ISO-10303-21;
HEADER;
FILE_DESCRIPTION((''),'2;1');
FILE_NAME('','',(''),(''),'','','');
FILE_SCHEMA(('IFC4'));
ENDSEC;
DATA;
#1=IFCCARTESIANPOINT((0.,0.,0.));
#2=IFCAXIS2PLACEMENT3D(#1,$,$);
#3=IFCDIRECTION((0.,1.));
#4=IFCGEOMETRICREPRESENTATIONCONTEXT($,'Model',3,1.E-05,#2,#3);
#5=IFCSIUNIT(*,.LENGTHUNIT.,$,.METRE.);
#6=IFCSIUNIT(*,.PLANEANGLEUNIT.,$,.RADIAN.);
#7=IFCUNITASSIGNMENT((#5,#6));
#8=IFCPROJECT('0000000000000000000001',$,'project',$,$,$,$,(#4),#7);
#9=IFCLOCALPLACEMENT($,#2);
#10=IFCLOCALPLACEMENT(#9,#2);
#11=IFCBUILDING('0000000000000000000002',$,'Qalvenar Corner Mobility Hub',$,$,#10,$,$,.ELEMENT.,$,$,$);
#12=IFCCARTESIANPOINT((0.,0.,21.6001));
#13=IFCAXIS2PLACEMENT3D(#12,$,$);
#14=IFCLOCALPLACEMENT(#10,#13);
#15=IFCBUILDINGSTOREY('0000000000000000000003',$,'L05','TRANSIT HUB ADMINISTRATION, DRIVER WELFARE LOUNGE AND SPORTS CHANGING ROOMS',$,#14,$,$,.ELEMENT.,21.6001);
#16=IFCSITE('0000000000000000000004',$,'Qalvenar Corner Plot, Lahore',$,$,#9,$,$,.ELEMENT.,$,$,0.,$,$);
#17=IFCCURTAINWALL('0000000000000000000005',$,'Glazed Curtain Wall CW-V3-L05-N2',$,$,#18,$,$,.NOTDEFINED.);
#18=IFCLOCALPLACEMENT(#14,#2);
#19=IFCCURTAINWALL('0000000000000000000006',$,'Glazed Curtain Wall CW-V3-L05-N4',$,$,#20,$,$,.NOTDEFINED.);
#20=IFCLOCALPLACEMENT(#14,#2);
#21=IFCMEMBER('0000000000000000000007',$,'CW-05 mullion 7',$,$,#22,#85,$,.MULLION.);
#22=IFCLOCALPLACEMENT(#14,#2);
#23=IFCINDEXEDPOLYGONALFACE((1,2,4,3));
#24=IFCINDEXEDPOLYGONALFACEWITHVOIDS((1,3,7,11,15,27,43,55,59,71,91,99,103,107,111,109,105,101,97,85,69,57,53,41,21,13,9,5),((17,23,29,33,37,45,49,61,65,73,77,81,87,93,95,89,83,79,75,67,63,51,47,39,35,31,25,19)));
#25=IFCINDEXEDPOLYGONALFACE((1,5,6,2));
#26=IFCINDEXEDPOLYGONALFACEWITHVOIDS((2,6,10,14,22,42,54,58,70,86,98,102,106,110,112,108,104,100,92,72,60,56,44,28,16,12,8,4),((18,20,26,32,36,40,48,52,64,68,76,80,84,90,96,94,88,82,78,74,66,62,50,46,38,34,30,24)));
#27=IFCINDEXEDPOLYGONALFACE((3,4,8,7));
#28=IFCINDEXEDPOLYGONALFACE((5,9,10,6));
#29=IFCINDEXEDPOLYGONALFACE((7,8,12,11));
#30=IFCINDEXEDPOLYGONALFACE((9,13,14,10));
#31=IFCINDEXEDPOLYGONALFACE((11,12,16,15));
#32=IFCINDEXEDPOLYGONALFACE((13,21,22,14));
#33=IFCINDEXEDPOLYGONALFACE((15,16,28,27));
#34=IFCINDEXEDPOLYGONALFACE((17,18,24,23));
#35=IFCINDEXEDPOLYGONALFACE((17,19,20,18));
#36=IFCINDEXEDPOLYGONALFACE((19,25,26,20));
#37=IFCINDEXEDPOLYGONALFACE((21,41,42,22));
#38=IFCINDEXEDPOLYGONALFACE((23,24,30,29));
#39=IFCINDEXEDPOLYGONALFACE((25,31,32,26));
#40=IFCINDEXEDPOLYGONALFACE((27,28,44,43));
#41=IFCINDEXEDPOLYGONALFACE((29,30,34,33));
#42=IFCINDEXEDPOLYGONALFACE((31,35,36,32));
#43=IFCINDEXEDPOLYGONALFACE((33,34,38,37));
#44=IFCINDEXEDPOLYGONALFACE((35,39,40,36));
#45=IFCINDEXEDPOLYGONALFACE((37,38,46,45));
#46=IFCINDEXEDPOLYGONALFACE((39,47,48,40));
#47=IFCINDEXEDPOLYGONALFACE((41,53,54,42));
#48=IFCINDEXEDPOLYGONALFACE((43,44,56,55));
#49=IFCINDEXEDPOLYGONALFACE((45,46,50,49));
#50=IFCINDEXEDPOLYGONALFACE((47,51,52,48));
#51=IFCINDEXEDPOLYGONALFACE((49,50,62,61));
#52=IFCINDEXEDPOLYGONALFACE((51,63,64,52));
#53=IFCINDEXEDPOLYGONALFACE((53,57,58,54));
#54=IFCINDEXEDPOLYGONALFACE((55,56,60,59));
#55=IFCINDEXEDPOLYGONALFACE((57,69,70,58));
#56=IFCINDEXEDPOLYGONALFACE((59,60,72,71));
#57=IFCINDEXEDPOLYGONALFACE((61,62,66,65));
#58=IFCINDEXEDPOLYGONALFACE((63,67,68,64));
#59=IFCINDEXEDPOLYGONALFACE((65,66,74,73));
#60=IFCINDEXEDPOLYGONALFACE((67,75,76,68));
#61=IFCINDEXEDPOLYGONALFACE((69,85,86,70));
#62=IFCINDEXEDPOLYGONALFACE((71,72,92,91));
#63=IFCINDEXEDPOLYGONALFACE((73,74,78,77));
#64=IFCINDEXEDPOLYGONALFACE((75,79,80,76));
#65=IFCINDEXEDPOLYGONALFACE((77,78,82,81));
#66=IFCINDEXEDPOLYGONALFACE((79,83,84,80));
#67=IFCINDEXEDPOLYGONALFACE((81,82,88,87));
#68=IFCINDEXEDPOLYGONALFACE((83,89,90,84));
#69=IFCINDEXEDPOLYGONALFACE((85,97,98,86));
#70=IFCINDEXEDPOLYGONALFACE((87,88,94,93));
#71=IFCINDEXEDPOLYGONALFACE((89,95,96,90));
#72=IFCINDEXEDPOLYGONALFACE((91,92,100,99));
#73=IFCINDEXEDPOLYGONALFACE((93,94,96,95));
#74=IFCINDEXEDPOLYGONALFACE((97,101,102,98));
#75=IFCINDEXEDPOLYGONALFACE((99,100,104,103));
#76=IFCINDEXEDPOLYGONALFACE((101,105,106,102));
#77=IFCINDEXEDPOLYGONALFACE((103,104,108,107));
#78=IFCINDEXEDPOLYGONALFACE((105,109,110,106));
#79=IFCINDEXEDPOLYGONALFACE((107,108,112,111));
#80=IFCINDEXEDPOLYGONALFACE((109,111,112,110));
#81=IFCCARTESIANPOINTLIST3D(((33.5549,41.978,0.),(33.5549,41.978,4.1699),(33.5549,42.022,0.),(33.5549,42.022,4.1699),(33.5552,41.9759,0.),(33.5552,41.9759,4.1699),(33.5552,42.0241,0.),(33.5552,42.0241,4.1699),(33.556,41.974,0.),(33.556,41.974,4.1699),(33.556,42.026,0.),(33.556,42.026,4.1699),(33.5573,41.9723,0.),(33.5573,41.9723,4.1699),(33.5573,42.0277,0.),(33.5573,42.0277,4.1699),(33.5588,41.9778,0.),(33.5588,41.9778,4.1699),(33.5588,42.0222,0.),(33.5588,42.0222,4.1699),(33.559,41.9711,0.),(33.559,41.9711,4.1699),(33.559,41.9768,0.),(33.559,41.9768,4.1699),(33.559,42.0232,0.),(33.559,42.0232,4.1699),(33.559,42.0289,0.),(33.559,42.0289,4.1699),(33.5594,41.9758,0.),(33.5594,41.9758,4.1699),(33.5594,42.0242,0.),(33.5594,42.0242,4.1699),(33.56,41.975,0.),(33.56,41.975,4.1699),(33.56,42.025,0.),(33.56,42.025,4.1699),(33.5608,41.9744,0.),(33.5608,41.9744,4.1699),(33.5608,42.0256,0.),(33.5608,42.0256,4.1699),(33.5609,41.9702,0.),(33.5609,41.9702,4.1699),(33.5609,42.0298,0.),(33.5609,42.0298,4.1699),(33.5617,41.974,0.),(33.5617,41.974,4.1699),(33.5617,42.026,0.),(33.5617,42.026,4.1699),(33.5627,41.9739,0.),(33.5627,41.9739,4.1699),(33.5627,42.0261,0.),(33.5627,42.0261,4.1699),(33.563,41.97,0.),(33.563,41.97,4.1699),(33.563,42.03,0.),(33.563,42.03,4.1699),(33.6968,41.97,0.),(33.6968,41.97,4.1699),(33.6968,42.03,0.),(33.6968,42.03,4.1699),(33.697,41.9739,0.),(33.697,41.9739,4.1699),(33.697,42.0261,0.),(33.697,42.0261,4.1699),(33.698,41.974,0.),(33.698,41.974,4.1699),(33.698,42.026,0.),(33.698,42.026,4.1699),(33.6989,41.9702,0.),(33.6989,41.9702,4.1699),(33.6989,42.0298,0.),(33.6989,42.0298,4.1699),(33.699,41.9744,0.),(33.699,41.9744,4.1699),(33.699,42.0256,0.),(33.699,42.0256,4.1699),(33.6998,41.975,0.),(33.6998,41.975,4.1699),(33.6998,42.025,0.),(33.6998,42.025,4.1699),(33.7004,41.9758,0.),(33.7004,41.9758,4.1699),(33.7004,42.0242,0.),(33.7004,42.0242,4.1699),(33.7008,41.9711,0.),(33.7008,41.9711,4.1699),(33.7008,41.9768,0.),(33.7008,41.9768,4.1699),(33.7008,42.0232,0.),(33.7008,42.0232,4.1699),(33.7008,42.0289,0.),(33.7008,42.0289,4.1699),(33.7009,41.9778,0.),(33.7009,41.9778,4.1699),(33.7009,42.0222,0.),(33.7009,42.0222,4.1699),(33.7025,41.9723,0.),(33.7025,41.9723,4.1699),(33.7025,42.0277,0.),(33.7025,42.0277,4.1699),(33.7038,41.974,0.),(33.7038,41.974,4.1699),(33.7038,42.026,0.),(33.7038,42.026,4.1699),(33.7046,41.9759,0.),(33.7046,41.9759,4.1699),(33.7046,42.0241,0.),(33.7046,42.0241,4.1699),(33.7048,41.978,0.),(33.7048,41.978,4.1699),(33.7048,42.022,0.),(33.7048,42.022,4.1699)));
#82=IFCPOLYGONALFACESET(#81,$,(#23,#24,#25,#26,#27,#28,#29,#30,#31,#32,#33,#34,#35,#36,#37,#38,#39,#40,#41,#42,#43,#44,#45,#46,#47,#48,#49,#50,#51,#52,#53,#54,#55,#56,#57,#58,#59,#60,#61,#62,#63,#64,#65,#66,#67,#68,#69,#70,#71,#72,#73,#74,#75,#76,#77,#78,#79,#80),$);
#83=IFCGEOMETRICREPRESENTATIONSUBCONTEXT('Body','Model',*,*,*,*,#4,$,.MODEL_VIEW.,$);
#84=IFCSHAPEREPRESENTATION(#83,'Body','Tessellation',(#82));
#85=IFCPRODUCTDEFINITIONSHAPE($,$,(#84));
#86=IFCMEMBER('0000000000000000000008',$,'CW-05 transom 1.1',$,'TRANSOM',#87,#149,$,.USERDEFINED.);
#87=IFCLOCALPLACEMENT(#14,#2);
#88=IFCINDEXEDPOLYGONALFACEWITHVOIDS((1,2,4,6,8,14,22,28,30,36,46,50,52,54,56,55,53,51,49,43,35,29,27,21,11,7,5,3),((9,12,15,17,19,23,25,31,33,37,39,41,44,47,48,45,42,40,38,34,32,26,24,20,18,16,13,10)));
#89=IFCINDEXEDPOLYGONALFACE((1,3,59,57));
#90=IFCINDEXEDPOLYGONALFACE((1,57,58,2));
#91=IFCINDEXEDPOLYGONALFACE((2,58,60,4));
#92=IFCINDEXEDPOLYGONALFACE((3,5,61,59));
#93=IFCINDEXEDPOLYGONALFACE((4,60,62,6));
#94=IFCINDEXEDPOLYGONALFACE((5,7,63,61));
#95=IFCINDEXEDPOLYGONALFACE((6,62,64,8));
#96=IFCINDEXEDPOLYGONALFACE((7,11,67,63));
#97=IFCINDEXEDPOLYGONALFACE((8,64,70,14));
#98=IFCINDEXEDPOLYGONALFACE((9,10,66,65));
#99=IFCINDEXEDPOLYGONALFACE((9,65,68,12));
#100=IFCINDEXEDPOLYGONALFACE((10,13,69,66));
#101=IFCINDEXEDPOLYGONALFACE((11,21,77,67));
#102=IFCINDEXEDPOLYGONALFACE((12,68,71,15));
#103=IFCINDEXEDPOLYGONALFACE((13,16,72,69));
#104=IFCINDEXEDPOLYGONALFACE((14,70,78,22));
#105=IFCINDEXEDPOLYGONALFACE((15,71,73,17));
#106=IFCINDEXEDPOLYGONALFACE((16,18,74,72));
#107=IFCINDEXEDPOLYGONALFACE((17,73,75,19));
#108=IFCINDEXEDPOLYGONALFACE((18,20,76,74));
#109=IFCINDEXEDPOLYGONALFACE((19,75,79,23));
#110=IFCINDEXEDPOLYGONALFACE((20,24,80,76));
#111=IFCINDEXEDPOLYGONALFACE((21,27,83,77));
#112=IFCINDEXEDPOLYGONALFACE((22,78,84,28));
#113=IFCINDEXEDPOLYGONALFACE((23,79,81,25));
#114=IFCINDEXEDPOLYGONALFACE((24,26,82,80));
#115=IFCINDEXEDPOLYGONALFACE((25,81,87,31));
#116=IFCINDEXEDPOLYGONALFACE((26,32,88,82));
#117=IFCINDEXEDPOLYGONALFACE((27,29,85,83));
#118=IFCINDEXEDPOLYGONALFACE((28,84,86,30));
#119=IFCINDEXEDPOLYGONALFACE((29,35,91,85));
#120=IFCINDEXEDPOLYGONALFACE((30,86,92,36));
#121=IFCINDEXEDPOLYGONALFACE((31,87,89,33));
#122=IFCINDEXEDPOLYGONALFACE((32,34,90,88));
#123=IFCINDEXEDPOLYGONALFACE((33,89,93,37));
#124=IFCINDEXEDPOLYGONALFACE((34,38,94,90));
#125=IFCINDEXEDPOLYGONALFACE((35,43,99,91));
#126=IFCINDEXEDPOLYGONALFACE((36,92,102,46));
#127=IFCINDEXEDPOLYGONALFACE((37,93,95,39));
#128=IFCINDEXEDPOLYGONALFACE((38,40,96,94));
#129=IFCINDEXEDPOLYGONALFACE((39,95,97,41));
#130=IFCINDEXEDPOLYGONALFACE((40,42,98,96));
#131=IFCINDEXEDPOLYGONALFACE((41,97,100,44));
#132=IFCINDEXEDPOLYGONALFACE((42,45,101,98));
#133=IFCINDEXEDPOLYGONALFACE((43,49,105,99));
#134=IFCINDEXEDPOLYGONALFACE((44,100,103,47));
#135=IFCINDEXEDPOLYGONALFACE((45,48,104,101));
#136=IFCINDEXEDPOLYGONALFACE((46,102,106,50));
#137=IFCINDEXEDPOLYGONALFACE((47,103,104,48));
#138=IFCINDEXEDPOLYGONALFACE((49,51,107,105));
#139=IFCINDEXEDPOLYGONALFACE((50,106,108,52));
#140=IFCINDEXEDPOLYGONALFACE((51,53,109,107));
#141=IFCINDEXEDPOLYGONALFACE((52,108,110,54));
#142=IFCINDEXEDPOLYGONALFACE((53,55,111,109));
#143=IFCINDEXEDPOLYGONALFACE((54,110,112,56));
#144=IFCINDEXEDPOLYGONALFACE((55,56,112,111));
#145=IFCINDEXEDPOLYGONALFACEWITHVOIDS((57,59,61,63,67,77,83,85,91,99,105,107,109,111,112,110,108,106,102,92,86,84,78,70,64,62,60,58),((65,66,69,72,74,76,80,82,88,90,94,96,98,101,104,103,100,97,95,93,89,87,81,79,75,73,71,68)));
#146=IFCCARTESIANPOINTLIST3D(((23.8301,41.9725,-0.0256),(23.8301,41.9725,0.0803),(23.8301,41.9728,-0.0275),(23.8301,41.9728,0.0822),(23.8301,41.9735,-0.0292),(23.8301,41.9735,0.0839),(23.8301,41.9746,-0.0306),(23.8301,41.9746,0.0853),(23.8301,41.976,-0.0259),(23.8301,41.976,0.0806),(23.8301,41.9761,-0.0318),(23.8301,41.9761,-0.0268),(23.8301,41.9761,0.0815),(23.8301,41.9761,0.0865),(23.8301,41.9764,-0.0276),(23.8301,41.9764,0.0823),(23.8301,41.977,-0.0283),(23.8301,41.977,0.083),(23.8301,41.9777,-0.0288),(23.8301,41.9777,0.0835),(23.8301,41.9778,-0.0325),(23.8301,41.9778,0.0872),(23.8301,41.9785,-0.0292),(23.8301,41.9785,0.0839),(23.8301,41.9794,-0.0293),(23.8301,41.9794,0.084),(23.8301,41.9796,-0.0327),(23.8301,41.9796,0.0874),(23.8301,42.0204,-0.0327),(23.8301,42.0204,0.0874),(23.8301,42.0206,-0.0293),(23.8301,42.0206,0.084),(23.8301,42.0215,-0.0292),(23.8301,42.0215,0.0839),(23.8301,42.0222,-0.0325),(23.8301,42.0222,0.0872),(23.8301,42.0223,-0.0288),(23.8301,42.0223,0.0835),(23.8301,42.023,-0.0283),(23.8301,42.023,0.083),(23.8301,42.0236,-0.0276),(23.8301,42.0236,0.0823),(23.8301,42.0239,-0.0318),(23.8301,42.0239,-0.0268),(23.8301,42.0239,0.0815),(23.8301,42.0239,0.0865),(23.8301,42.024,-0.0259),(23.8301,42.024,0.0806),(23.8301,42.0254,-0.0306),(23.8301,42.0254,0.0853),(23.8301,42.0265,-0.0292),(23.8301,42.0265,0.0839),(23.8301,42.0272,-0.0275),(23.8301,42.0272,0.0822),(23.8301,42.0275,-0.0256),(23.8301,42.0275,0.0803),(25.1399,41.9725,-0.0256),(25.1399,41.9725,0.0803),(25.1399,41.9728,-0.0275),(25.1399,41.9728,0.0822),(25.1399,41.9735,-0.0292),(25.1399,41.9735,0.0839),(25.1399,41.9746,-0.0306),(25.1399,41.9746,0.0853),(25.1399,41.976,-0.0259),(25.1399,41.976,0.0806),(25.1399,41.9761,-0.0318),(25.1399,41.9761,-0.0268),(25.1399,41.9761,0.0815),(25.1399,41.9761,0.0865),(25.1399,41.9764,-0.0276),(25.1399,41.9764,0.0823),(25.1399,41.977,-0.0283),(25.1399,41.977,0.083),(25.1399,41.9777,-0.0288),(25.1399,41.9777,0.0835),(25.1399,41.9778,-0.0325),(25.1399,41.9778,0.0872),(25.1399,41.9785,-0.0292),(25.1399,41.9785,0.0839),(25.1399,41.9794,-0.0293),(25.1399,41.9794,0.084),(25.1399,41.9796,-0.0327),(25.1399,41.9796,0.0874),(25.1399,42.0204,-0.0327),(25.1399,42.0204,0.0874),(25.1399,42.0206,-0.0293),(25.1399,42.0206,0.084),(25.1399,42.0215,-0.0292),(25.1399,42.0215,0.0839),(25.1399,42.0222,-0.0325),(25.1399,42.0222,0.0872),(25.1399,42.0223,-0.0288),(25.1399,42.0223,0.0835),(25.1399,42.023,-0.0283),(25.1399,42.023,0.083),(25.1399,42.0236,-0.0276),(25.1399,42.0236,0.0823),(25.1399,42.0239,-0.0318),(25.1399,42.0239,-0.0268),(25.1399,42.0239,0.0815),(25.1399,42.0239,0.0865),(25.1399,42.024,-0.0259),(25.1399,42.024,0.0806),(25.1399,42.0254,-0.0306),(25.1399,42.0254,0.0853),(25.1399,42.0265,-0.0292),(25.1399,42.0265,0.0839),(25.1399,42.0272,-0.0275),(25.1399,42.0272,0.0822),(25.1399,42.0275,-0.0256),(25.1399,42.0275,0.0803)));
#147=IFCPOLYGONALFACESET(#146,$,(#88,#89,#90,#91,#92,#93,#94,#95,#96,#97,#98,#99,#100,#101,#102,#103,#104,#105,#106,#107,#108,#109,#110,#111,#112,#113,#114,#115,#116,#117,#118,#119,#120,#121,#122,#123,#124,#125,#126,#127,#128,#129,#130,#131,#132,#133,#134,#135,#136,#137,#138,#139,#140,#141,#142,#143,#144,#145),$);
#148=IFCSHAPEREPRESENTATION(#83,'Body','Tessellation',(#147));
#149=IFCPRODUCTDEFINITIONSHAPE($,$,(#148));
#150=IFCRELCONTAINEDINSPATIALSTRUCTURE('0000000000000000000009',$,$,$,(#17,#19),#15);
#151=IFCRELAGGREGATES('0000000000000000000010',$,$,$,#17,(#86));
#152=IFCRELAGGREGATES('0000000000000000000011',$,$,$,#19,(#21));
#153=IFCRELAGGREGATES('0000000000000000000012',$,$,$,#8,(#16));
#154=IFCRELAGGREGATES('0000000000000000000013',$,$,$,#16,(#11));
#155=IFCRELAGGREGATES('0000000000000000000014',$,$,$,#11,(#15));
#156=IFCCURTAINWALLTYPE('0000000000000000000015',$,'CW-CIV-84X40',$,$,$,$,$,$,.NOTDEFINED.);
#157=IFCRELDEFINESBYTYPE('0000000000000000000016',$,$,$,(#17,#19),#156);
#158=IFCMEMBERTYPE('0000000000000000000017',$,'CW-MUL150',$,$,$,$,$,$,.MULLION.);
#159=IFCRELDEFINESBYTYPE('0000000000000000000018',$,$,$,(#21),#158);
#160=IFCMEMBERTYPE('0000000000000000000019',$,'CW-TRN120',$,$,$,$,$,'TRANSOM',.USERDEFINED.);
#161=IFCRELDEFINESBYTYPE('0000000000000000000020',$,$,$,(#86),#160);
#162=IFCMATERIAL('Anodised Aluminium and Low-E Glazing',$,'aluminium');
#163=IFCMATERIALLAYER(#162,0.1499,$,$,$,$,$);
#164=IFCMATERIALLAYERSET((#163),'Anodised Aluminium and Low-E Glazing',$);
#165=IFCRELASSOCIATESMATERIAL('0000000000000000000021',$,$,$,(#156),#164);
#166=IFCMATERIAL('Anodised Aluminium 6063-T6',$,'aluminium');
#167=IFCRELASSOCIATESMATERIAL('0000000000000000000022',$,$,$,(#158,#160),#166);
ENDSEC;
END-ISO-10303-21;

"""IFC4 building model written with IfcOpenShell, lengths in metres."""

from ifc_helpers import new_model, si_unit, direction, frame, origin, origin_2d, place, context, subcontext, project, spatial, hollow_rectangle, extrude, material, layer, layer_set, material_profile, profile_set, type_object, element, aggregate, save


model = new_model("IFC4")

# Units and contexts
model_context = context("Model", 3, precision=1e-05, world=origin(), true_north=direction((0.0, 1.0)))
body_context = subcontext(model_context, "Body", "Model", "MODEL_VIEW")
ifc_project = project(units=[si_unit("LENGTHUNIT", "METRE"), si_unit("PLANEANGLEUNIT", "RADIAN")], contexts=[model_context])

# Site, building, storey
site_placement = place(None, origin())
site = spatial("IfcSite", under=ifc_project, at=site_placement, Name="Qalvenar Corner Plot, Lahore", CompositionType="ELEMENT", RefElevation=0.0)
building_placement = place(site_placement, origin())
building = spatial("IfcBuilding", under=site, at=building_placement, Name="Qalvenar Corner Mobility Hub", CompositionType="ELEMENT")
storey_placement = place(building_placement, frame((0.0, 0.0, 21.6001)))
storey = spatial("IfcBuildingStorey", under=building, at=storey_placement, Name="L05", Description="TRANSIT HUB ADMINISTRATION, DRIVER WELFARE LOUNGE AND SPORTS CHANGING ROOMS", CompositionType="ELEMENT", Elevation=21.6001)

# Curtain wall
ifc_material_1 = material(Name="Anodised Aluminium and Low-E Glazing", Category="aluminium")
ifc_layer_1 = layer(ifc_material_1, 0.1499)
ifc_layer_set_1 = layer_set([ifc_layer_1], Name="Anodised Aluminium and Low-E Glazing")
curtain_wall_type = type_object("IfcCurtainWallType", Name="CW-CIV-84X40", PredefinedType="NOTDEFINED", material=ifc_layer_set_1)
curtain_wall_1_placement = place(storey_placement, origin())
curtain_wall_1 = element("IfcCurtainWall", 1, at=curtain_wall_1_placement, inside=storey, type_object=curtain_wall_type, Name="Glazed Curtain Wall CW-V3-L05-N2", PredefinedType="NOTDEFINED")
ifc_material_2 = material(Name="Anodised Aluminium 6063-T6", Category="aluminium")
ifc_material_profile_1 = material_profile(ifc_material_2, hollow_rectangle(XDim=0.0601, YDim=0.1499, WallThickness=0.0039, InnerFilletRadius=0.0039, OuterFilletRadius=0.0081, at=origin_2d()), Name="RHS150x60x4")
ifc_profile_set_1 = profile_set([ifc_material_profile_1], Name="Anodised Aluminium 6063-T6")
member_type_1 = type_object("IfcMemberType", Name="CW-MUL150", PredefinedType="MULLION", material=ifc_profile_set_1)

# Curtain wall, member
curtain_wall_2_placement = place(storey_placement, origin())
curtain_wall_2 = element("IfcCurtainWall", 2, at=curtain_wall_2_placement, inside=storey, type_object=curtain_wall_type, Name="Glazed Curtain Wall CW-V3-L05-N4", PredefinedType="NOTDEFINED")
member_1_placement = place(storey_placement, frame((33.6299, 42.0, 0.0), z_axis=(0.0, 0.0, 1.0), x_axis=(0.0, -1.0, 0.0)))
member_1 = element("IfcMember", 3, at=member_1_placement, type_object=member_type_1, Name="CW-05 mullion 7", PredefinedType="MULLION", context=body_context, shape_type="SweptSolid", body=[
    extrude(hollow_rectangle(XDim=0.0601, YDim=0.1499, WallThickness=0.0039, InnerFilletRadius=0.0039, OuterFilletRadius=0.0081, at=origin_2d()), origin(), (0.0, 0.0, 1.0), 4.1699),
])

# Member
ifc_material_profile_2 = material_profile(ifc_material_2, hollow_rectangle(XDim=0.0549, YDim=0.1201, WallThickness=0.0034, InnerFilletRadius=0.0034, OuterFilletRadius=0.0071, at=origin_2d()), Name="RHS120x55x3.5")
ifc_profile_set_2 = profile_set([ifc_material_profile_2], Name="Anodised Aluminium 6063-T6")
member_type_2 = type_object("IfcMemberType", Name="CW-TRN120", ElementType="TRANSOM", PredefinedType="USERDEFINED", material=ifc_profile_set_2)
member_2_placement = place(storey_placement, frame((25.1399, 42.0, 0.0273), z_axis=(-1.0, 0.0, 0.0), x_axis=(0.0, -1.0, 0.0)))
member_2 = element("IfcMember", 4, at=member_2_placement, type_object=member_type_2, Name="CW-05 transom 1.1", ObjectType="TRANSOM", PredefinedType="USERDEFINED", context=body_context, shape_type="SweptSolid", body=[
    extrude(hollow_rectangle(XDim=0.0549, YDim=0.1201, WallThickness=0.0034, InnerFilletRadius=0.0034, OuterFilletRadius=0.0071, at=origin_2d()), origin(), (0.0, 0.0, 1.0), 1.3098),
])

aggregate(curtain_wall_1, [member_2])
aggregate(curtain_wall_2, [member_1])

save(model, "model.ifc")
